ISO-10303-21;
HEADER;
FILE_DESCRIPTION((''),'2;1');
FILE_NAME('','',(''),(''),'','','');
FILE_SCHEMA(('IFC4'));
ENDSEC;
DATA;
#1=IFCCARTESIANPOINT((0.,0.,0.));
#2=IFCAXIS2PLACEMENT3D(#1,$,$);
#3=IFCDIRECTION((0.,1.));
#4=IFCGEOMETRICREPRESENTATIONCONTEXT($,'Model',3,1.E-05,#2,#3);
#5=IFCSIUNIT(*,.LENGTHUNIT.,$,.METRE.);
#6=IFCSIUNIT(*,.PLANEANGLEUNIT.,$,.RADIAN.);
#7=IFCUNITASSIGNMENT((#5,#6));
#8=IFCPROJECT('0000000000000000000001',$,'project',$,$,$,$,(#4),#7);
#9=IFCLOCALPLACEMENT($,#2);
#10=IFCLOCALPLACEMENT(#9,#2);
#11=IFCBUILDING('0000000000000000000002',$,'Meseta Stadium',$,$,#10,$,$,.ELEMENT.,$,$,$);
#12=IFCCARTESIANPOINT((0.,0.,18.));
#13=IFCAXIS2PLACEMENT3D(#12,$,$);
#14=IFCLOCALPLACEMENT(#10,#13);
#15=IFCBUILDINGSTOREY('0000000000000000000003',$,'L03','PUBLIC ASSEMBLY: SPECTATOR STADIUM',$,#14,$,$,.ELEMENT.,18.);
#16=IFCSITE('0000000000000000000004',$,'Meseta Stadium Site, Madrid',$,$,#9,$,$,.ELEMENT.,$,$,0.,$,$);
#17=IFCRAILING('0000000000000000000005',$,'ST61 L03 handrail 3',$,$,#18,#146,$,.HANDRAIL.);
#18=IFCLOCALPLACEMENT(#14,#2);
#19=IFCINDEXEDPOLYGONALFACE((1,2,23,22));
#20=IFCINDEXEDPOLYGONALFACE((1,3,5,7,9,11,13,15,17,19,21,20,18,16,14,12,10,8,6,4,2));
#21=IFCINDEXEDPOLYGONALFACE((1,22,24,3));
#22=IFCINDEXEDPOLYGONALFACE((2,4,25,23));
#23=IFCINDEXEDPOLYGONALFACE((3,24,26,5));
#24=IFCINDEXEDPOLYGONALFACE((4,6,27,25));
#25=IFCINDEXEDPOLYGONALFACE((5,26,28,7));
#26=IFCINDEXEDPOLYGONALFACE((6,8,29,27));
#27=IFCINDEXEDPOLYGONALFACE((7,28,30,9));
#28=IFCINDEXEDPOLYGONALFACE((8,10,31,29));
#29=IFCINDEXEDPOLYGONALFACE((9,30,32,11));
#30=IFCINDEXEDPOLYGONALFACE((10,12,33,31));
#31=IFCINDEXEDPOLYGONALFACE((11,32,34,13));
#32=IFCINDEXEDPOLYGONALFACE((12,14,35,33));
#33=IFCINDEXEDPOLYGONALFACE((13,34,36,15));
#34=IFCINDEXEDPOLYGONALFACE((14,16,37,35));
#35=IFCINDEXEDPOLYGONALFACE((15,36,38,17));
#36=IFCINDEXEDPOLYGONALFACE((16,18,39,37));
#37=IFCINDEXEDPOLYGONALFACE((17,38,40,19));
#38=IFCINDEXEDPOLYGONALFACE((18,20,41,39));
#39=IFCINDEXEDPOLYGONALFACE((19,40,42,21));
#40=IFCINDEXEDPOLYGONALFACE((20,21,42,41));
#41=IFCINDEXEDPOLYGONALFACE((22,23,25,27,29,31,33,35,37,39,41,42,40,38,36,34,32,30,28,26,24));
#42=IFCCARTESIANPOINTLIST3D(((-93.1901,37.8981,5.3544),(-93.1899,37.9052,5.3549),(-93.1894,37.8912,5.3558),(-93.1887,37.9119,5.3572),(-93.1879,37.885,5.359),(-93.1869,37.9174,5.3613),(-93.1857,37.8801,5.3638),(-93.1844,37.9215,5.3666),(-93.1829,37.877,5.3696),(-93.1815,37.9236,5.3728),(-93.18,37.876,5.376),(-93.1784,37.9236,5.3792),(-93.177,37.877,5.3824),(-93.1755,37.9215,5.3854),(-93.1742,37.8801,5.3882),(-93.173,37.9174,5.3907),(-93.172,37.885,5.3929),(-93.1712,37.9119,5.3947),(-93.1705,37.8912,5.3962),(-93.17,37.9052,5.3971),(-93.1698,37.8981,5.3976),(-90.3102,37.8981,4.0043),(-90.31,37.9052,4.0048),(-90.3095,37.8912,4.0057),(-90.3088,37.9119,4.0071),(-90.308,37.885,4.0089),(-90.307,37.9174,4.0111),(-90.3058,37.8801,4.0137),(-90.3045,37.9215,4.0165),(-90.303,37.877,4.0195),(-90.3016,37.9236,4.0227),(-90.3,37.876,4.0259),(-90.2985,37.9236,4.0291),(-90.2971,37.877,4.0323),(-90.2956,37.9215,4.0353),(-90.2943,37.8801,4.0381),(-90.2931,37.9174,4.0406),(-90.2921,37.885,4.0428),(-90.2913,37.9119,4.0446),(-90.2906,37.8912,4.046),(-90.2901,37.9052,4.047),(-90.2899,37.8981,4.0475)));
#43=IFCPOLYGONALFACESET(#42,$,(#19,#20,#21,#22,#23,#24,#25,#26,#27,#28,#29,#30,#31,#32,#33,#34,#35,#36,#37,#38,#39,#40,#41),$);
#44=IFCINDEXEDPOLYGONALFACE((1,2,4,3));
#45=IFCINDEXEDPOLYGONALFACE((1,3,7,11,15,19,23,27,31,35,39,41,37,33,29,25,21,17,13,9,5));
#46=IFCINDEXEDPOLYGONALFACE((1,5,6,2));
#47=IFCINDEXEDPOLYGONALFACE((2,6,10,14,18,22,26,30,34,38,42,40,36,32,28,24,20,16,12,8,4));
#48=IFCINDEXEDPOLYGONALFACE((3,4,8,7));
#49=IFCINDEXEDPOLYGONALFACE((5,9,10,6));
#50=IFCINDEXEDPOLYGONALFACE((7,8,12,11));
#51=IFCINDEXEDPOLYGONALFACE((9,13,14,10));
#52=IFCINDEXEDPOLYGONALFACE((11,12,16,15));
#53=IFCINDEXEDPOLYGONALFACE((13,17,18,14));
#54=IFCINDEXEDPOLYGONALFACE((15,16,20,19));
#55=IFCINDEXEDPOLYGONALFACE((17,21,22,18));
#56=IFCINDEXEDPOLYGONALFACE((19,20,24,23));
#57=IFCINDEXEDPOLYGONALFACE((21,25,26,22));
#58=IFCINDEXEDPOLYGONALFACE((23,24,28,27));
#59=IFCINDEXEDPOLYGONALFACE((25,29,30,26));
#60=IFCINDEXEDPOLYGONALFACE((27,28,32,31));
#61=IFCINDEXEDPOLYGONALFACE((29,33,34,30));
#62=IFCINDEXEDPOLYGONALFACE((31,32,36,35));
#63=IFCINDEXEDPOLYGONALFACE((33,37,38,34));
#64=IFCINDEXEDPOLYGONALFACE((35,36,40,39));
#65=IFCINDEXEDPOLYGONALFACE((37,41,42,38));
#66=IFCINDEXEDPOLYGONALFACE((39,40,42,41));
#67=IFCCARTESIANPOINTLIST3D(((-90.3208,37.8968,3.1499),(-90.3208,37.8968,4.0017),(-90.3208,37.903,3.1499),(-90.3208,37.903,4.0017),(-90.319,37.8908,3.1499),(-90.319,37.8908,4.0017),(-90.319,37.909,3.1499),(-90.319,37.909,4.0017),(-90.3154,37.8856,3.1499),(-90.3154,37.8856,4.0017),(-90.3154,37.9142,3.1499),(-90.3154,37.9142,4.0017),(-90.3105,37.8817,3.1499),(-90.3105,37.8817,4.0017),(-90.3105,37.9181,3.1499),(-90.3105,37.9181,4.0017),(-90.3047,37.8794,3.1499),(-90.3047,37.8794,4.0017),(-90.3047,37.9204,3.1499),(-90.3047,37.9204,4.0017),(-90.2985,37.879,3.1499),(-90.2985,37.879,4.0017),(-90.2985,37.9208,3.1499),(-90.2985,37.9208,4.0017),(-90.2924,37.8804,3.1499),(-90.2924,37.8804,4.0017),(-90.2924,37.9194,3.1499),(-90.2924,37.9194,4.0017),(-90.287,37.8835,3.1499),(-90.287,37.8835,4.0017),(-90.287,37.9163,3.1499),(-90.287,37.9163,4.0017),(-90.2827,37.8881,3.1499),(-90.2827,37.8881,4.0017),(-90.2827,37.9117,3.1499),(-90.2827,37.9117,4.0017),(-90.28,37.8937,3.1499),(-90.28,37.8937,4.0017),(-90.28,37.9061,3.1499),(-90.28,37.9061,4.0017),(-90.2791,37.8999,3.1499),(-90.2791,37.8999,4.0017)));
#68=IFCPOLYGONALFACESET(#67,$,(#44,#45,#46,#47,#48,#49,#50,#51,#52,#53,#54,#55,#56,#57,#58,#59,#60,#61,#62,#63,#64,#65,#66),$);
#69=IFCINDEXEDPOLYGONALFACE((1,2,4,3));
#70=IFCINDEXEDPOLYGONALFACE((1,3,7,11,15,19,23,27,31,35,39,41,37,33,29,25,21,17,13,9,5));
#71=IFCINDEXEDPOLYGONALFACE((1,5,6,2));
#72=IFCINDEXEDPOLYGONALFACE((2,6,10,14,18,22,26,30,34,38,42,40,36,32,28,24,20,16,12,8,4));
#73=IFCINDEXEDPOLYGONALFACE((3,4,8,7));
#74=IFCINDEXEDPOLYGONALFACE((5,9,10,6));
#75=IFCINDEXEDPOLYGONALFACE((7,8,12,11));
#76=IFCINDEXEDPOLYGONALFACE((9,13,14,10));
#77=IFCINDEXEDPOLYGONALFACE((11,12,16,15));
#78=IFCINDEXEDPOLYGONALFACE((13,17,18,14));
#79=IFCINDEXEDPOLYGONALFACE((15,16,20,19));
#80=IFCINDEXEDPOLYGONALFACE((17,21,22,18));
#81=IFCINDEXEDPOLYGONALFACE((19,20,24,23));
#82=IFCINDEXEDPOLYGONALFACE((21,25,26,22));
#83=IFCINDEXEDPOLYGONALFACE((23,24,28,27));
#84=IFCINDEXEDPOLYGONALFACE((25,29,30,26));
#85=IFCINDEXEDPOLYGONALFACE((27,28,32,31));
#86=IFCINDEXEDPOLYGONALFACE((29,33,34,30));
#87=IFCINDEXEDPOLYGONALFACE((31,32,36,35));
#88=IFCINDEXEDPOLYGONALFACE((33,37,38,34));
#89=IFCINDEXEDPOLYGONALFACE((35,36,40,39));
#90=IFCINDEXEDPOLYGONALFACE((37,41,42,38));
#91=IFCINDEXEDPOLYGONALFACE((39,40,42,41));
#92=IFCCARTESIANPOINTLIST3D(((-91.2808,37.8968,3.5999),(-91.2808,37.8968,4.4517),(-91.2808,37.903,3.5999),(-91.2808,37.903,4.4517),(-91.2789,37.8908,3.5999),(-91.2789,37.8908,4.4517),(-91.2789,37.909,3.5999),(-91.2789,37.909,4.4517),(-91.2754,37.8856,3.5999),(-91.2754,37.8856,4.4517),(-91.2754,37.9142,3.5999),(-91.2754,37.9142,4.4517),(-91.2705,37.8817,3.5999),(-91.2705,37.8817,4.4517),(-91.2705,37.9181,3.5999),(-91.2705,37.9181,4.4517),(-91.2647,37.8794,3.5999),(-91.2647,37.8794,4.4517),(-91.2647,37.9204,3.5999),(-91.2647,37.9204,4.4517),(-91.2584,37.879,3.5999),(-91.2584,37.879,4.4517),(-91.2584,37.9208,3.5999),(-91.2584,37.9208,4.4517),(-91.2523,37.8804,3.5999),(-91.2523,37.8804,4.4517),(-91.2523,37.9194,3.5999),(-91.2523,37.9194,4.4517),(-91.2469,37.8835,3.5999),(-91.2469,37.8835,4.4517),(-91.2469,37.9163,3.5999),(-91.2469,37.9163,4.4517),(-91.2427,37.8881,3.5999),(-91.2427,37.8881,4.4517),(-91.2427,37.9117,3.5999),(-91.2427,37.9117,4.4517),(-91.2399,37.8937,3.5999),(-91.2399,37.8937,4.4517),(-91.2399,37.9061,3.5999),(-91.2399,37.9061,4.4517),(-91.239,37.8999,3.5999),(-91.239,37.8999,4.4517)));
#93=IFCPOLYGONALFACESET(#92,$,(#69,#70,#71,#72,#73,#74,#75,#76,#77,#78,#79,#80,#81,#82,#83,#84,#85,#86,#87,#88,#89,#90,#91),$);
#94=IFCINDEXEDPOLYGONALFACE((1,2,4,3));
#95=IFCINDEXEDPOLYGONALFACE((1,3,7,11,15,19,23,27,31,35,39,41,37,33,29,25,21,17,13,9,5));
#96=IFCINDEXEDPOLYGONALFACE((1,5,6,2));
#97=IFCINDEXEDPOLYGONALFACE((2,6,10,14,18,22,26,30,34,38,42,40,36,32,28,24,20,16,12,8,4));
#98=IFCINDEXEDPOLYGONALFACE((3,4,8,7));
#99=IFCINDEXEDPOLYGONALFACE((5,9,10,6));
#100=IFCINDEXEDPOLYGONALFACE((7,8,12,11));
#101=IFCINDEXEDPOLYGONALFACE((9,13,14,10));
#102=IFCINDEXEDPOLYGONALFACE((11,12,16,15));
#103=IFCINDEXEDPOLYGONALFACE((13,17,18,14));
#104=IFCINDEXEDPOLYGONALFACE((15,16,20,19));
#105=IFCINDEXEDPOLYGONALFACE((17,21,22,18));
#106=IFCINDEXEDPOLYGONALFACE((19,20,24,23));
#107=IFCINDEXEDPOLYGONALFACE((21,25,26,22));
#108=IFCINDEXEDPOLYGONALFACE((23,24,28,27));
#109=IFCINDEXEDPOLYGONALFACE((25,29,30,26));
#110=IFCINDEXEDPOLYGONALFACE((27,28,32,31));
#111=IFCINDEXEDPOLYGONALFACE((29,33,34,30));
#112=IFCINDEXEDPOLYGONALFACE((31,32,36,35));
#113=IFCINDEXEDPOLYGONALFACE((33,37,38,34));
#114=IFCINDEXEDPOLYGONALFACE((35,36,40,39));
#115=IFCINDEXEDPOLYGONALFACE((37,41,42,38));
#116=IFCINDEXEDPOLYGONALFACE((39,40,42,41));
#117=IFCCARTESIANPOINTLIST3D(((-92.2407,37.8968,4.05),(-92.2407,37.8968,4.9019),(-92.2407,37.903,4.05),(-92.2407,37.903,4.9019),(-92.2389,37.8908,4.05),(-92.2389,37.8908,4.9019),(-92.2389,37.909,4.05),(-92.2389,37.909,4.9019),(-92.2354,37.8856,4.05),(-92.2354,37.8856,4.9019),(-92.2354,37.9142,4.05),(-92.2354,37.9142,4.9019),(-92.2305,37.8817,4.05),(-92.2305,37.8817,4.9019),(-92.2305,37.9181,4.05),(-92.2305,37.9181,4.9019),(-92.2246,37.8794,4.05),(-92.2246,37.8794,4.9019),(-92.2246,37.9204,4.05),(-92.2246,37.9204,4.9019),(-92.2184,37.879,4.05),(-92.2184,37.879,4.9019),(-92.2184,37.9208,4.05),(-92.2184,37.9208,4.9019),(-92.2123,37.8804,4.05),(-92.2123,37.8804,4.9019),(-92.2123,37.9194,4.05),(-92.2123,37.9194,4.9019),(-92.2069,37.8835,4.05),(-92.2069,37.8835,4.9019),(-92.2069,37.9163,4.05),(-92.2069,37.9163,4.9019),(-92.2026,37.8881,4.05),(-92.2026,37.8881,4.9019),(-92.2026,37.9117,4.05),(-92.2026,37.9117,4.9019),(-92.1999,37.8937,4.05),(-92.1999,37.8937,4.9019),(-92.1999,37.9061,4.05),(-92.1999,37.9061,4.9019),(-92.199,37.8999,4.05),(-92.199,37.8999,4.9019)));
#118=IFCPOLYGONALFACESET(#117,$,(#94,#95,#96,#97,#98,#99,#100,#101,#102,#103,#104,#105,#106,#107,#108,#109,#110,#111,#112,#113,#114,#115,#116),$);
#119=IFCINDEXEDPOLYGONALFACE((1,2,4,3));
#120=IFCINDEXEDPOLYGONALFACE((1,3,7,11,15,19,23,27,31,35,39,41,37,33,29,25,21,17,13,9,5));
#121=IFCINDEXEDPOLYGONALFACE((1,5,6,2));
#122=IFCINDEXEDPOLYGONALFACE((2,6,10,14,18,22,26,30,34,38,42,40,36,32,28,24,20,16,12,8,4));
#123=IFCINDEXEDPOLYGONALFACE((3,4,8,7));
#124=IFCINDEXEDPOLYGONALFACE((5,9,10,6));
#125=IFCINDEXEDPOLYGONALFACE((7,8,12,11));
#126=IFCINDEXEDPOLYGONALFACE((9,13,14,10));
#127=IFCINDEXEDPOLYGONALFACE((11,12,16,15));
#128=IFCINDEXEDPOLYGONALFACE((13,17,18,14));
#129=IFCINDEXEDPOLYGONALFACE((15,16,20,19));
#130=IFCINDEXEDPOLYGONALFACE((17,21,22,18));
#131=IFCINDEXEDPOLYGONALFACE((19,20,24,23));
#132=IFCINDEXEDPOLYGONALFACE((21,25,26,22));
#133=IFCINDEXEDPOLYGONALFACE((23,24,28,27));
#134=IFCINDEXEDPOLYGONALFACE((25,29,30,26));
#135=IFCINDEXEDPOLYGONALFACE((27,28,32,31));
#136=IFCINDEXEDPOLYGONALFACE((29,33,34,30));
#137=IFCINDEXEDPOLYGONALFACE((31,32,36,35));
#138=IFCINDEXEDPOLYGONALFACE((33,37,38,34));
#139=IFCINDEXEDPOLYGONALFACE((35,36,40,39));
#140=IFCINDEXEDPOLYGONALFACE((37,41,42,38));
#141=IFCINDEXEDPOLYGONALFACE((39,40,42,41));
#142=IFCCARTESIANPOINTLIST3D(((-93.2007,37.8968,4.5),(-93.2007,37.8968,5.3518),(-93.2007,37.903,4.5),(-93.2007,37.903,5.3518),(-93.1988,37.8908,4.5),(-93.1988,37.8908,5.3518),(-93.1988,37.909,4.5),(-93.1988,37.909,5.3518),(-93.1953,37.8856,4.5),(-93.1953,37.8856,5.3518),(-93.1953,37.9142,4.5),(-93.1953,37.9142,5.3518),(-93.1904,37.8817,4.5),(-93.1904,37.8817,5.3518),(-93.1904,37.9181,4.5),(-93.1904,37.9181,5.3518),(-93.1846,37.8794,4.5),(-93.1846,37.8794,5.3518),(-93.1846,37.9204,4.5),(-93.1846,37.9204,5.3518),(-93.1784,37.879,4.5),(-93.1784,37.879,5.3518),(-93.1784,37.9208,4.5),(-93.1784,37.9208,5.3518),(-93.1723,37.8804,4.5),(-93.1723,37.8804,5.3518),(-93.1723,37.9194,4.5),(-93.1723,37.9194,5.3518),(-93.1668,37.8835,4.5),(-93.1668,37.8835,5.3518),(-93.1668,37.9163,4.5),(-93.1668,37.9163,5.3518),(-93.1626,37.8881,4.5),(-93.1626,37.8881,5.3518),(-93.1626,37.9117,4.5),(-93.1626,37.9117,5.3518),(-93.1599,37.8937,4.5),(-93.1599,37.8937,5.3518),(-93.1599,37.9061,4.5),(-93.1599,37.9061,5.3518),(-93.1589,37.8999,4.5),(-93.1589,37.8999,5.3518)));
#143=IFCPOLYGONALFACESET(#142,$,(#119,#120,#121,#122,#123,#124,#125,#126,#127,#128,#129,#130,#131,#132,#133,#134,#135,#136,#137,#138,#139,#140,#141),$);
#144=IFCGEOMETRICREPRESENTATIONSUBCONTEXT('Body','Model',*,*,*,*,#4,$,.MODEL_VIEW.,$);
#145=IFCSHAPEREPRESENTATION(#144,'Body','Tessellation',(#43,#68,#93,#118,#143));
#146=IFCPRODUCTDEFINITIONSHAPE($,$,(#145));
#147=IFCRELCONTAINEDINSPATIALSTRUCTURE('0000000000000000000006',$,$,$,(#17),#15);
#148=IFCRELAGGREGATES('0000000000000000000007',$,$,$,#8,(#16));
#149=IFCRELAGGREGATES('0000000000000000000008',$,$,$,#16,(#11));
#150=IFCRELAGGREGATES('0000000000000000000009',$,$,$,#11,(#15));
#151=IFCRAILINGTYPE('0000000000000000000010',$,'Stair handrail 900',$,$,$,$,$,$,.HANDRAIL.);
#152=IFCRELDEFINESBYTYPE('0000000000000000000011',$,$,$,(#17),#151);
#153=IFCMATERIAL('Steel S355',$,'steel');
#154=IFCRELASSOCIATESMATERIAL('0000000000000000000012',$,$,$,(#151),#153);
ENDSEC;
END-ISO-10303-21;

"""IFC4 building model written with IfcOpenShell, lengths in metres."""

from ifc_helpers import new_model, si_unit, direction, frame, origin, origin_2d, place, context, subcontext, project, spatial, circle, extrude, material, type_object, element, save


model = new_model("IFC4")

# Units and contexts
model_context = context("Model", 3, precision=1e-05, world=origin(), true_north=direction((0.0, 1.0)))
body_context = subcontext(model_context, "Body", "Model", "MODEL_VIEW")
ifc_project = project(units=[si_unit("LENGTHUNIT", "METRE"), si_unit("PLANEANGLEUNIT", "RADIAN")], contexts=[model_context])

# Site, building, storey
site_placement = place(None, origin())
site = spatial("IfcSite", under=ifc_project, at=site_placement, Name="Meseta Stadium Site, Madrid", CompositionType="ELEMENT", RefElevation=0.0)
building_placement = place(site_placement, origin())
building = spatial("IfcBuilding", under=site, at=building_placement, Name="Meseta Stadium", CompositionType="ELEMENT")
storey_placement = place(building_placement, frame((0.0, 0.0, 18.0)))
storey = spatial("IfcBuildingStorey", under=building, at=storey_placement, Name="L03", Description="PUBLIC ASSEMBLY: SPECTATOR STADIUM", CompositionType="ELEMENT", Elevation=18.0)

# Railing
ifc_material_1 = material(Name="Steel S355", Category="steel")
railing_type_1 = type_object("IfcRailingType", Name="Stair handrail 900", PredefinedType="HANDRAIL", material=ifc_material_1)
for number, where, name in (
    (1, (-90.3, 37.8999, 3.1499), "ST61 L03 handrail 3"),
):
    element("IfcRailing", number, at=place(storey_placement, frame(where)), inside=storey, type_object=railing_type_1, Name=name, PredefinedType="HANDRAIL", context=body_context, shape_type="SweptSolid", body=[
        extrude(circle(Radius=0.0239, at=origin_2d()), frame((0.0, 0.0, 0.876), z_axis=(-0.90544, 0.0, 0.424473), x_axis=(0.0, -1.0, 0.0)), (0.0, 0.0, 1.0), 3.1807),
        extrude(circle(Radius=0.021, at=origin_2d()), origin(), (0.0, 0.0, 1.0), 0.8518),
        extrude(circle(Radius=0.021, at=origin_2d()), frame((-0.96, 0.0, 0.45)), (0.0, 0.0, 1.0), 0.8518),
        extrude(circle(Radius=0.021, at=origin_2d()), frame((-1.9199, 0.0, 0.9001)), (0.0, 0.0, 1.0), 0.8518),
        extrude(circle(Radius=0.021, at=origin_2d()), frame((-2.8799, 0.0, 1.3501)), (0.0, 0.0, 1.0), 0.8518),
    ])

save(model, "model.ifc")
